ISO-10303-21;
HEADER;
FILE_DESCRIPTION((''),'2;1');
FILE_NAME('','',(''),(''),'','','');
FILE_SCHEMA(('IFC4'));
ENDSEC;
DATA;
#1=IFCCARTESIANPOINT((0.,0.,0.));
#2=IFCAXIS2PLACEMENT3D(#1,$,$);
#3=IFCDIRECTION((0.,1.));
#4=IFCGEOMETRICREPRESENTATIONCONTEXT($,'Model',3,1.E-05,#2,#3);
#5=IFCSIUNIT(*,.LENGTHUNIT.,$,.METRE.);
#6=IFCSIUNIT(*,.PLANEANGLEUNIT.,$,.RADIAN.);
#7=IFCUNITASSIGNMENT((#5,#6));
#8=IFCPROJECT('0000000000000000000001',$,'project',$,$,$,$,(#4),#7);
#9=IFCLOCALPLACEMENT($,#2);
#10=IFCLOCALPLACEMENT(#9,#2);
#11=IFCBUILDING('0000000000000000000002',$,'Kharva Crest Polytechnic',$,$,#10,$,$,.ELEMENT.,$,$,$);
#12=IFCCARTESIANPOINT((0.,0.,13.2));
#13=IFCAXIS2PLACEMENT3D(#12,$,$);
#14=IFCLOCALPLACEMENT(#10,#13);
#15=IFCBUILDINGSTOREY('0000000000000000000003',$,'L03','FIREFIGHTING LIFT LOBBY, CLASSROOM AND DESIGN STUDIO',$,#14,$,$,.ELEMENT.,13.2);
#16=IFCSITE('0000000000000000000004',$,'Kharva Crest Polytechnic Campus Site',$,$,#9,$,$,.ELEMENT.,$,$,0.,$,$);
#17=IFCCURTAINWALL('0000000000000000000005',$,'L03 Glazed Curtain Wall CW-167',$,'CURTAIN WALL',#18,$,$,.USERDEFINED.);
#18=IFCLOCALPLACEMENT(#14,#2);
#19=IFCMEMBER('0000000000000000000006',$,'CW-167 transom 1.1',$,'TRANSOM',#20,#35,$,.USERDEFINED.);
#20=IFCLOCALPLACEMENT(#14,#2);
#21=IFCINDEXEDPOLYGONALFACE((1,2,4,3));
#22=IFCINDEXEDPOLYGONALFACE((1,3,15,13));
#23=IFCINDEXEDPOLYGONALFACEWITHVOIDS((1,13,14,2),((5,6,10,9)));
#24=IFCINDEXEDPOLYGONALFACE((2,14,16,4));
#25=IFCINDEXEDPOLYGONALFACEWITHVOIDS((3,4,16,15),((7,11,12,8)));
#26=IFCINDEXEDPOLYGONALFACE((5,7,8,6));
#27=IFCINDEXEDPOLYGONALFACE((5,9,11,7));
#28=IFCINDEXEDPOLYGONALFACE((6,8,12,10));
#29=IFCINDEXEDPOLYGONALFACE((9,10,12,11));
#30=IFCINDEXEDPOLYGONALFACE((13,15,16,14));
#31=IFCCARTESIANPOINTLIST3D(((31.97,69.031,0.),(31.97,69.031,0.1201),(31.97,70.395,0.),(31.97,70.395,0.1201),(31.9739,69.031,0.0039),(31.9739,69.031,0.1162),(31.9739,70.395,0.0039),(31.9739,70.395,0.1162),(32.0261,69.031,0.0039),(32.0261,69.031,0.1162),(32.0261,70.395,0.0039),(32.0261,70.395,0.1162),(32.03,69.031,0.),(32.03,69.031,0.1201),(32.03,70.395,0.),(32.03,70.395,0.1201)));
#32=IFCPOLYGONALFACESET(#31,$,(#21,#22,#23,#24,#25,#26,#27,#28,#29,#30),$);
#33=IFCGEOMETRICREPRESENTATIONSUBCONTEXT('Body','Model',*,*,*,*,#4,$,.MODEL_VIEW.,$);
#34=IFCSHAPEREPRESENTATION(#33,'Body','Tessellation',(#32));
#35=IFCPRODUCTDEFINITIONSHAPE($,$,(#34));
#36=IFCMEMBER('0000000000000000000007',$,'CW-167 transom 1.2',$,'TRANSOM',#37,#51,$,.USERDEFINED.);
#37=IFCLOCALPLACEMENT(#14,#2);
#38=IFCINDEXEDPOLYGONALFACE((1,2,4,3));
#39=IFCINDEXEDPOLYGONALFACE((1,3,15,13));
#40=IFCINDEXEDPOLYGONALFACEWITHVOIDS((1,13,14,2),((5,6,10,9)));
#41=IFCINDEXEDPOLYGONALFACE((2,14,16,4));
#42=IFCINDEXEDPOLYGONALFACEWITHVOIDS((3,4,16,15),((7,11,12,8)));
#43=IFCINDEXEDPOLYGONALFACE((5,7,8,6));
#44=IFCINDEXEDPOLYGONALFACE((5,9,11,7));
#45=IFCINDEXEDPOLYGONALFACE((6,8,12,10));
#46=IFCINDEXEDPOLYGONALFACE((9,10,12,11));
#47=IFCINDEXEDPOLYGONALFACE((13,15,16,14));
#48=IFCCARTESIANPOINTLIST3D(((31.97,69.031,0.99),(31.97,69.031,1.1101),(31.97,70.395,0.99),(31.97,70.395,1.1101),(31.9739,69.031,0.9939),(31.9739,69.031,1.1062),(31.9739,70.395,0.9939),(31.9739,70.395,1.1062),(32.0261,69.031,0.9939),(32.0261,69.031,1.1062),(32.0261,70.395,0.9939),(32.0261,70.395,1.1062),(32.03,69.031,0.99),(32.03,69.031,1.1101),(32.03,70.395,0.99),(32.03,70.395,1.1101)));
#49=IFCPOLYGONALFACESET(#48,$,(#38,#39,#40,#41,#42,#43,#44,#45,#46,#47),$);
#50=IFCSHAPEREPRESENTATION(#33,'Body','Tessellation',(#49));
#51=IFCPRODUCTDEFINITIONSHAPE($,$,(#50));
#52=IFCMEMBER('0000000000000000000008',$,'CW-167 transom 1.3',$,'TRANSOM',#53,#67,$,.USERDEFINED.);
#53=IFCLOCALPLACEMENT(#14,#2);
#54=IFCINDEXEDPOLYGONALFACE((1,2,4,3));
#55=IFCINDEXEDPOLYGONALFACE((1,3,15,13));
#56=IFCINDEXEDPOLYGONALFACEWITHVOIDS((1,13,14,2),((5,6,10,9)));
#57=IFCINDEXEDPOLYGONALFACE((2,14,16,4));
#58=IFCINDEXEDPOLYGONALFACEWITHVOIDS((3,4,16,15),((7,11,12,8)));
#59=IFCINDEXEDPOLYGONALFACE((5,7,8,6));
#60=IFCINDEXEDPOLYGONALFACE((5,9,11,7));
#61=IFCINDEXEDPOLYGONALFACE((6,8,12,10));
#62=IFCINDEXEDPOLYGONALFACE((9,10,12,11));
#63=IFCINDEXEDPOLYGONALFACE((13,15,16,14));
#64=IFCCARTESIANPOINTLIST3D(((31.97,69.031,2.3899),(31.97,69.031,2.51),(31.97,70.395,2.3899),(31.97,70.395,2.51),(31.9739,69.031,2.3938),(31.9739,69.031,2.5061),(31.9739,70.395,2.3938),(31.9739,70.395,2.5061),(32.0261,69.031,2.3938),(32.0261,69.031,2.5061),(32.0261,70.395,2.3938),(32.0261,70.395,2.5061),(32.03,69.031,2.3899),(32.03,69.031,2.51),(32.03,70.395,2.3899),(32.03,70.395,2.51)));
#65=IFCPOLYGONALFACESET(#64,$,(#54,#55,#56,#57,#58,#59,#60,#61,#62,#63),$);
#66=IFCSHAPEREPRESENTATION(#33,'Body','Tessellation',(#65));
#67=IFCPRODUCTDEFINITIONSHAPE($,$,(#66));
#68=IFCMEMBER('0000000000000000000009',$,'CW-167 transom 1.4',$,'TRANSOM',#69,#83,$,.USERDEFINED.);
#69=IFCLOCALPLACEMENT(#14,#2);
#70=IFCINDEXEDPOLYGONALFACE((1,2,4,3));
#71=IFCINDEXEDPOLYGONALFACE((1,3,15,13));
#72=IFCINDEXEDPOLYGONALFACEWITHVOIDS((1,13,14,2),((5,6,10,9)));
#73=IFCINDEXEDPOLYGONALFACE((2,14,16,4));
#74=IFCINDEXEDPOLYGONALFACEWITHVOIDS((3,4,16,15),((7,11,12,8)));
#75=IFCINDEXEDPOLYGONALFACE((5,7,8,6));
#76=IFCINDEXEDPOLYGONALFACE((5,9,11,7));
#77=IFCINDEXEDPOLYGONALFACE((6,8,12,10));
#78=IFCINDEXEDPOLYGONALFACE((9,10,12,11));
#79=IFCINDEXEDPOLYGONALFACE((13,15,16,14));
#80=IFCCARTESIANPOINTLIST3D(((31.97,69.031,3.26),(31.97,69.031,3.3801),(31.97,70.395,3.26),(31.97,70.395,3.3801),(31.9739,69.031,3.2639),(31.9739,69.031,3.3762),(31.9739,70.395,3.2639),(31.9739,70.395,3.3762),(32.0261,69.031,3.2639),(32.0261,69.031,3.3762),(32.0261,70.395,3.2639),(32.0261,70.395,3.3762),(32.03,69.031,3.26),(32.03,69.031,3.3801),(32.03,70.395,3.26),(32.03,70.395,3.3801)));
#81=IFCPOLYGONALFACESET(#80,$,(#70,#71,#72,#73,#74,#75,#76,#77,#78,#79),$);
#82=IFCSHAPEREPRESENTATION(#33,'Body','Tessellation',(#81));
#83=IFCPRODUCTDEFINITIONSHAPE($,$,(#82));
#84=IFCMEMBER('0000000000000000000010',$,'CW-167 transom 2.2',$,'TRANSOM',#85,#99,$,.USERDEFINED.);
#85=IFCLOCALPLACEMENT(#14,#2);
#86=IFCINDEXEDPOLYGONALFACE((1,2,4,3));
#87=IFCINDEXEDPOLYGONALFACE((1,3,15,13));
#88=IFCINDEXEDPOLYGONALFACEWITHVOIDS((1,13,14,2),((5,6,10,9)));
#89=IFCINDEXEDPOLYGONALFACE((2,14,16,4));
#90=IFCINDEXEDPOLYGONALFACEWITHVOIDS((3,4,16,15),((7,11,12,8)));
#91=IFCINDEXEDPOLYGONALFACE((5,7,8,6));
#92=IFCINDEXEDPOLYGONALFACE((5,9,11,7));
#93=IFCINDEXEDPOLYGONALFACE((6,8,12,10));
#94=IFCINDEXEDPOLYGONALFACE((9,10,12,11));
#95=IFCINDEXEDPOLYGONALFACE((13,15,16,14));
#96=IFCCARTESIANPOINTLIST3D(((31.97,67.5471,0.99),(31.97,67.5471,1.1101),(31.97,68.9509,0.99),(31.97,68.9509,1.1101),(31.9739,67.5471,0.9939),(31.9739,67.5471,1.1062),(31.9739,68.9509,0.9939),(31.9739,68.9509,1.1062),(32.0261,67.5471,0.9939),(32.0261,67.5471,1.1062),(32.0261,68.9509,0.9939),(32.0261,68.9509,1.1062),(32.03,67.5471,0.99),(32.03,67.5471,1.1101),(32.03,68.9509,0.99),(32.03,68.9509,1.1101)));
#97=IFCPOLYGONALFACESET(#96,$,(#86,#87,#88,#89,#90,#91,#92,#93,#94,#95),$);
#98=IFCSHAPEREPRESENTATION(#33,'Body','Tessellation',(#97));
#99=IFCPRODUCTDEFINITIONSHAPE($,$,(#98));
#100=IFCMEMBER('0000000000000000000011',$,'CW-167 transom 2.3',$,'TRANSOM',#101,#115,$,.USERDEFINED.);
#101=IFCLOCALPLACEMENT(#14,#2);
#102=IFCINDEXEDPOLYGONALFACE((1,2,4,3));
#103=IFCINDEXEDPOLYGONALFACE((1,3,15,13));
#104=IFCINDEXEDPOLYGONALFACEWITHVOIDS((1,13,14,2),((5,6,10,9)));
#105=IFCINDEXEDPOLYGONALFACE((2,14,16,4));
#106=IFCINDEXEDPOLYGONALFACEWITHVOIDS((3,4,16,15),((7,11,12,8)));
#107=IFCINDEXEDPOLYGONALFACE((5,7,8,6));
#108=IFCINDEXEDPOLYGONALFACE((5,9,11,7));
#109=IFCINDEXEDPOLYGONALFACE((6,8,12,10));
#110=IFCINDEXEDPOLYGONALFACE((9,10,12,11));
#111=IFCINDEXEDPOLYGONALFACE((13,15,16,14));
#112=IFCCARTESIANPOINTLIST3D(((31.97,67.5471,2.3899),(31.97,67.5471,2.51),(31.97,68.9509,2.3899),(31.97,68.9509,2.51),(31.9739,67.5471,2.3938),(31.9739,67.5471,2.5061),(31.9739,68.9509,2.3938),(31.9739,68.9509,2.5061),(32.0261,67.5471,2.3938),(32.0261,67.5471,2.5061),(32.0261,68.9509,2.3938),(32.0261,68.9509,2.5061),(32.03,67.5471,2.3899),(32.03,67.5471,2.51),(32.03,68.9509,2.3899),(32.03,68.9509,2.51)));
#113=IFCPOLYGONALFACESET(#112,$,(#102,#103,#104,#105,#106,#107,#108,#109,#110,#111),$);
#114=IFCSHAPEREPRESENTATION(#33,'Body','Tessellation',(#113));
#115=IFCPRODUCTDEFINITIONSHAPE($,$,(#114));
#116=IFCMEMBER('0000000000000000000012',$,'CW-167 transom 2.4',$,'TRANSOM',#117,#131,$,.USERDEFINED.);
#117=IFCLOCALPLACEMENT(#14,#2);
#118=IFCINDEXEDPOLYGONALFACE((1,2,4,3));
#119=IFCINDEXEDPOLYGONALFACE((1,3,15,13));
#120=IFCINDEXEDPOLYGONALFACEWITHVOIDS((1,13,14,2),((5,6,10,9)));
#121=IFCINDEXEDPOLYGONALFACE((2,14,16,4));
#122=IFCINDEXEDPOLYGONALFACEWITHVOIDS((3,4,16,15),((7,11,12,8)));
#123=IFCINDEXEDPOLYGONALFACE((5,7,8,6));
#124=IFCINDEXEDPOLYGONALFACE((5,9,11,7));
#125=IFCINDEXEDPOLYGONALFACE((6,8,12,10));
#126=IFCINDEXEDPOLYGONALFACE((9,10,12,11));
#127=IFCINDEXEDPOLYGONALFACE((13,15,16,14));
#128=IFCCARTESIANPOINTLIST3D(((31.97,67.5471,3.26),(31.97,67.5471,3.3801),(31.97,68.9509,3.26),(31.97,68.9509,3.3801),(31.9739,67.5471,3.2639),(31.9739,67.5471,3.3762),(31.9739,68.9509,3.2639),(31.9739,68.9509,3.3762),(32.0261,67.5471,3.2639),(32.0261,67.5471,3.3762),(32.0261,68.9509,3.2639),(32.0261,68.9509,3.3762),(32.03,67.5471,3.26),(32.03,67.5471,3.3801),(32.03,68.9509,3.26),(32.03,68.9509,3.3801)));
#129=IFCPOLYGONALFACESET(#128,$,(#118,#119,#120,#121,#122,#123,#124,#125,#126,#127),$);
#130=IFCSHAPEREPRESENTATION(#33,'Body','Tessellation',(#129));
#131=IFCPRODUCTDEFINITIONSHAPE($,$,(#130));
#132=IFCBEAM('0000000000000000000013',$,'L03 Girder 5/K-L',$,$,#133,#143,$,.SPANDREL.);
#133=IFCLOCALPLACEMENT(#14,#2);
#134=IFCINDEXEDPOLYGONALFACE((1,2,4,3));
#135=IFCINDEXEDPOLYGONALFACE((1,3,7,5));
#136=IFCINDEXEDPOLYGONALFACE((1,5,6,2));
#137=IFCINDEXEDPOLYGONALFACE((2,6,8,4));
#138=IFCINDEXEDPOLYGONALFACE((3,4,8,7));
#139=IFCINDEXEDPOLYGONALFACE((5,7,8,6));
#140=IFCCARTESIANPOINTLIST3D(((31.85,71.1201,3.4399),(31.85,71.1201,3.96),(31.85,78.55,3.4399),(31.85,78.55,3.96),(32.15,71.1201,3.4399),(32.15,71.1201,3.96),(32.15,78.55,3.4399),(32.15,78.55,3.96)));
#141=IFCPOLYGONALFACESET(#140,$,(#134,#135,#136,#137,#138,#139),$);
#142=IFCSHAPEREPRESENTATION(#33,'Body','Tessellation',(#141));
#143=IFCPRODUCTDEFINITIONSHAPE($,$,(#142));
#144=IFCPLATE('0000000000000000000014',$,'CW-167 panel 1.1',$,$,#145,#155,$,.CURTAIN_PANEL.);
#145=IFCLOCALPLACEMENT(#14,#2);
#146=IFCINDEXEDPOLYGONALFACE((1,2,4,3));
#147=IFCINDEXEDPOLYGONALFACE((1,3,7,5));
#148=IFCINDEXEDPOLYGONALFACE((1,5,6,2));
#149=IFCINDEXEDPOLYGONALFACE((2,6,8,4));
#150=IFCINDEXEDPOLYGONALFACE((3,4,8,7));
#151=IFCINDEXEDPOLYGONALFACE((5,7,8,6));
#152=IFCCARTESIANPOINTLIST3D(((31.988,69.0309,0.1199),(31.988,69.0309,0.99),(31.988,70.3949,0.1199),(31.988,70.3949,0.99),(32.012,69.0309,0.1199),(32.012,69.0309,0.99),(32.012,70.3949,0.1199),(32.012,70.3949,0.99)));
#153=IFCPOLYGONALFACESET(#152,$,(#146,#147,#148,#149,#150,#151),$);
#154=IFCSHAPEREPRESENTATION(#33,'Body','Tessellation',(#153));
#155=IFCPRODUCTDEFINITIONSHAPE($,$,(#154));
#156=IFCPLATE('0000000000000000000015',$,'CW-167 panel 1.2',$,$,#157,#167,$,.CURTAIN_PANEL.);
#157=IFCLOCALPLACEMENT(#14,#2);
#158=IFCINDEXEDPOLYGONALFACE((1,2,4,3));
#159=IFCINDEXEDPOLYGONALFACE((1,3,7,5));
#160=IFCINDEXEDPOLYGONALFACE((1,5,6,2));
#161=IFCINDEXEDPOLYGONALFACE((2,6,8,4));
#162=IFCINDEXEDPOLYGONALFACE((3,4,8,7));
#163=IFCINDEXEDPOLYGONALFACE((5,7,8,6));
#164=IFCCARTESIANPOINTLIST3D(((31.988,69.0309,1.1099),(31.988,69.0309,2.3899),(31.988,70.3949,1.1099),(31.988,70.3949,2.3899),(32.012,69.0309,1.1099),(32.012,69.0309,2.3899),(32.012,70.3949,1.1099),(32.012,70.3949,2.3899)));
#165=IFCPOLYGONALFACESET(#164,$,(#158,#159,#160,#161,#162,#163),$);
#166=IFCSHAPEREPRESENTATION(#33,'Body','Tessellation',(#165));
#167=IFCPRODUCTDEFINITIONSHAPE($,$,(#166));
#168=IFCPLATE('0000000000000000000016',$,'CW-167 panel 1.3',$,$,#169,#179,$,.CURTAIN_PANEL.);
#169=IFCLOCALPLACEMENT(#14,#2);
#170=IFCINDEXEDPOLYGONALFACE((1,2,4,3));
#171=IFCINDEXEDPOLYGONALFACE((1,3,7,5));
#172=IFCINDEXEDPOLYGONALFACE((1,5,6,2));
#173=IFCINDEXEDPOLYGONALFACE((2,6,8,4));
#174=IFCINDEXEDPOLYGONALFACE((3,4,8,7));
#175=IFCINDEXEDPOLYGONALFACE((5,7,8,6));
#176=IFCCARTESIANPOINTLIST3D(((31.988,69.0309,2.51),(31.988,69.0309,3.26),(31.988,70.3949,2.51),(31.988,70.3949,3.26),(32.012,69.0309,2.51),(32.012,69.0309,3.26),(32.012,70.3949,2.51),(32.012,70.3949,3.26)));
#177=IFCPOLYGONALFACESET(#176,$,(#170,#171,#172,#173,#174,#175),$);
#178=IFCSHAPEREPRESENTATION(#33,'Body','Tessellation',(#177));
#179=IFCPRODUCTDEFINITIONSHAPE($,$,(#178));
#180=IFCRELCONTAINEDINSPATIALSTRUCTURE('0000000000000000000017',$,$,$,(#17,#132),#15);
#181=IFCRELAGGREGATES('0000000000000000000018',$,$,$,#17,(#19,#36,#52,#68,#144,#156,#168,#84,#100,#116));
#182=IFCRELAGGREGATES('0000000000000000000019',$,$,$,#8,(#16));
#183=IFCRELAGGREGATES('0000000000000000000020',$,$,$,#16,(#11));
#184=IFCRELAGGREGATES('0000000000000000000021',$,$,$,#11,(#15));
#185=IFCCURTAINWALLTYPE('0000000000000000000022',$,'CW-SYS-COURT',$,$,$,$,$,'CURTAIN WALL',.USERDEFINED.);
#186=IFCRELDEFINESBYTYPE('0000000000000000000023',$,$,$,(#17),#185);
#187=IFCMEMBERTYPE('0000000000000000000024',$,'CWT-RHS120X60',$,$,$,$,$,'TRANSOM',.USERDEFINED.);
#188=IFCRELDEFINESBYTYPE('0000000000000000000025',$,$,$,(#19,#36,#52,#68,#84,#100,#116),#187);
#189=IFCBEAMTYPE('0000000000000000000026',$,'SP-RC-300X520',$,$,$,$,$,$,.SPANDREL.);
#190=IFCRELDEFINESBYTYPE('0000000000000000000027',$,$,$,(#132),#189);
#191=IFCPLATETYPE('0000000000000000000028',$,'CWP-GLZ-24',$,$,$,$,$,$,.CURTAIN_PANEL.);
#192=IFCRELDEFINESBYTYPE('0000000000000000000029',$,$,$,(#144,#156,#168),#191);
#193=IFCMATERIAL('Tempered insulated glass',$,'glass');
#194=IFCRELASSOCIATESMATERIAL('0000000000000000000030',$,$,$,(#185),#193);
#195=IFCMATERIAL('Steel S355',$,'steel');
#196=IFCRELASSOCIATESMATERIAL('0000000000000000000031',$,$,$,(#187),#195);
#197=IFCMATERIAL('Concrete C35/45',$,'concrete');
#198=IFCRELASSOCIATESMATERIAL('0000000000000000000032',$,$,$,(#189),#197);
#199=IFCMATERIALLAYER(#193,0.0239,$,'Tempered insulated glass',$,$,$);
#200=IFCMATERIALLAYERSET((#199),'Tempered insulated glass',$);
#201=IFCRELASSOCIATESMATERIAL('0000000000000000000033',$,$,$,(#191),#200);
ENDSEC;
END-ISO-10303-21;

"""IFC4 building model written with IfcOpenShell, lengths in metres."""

from ifc_helpers import new_model, si_unit, direction, frame, origin, origin_2d, place, context, subcontext, project, spatial, rectangle, hollow_rectangle, extrude, material, layer, layer_set, material_profile, profile_set, type_object, element, aggregate, save


model = new_model("IFC4")

# Units and contexts
model_context = context("Model", 3, precision=1e-05, world=origin(), true_north=direction((0.0, 1.0)))
body_context = subcontext(model_context, "Body", "Model", "MODEL_VIEW")
ifc_project = project(units=[si_unit("LENGTHUNIT", "METRE"), si_unit("PLANEANGLEUNIT", "RADIAN")], contexts=[model_context])

# Site, building, storey
site_placement = place(None, origin())
site = spatial("IfcSite", under=ifc_project, at=site_placement, Name="Kharva Crest Polytechnic Campus Site", CompositionType="ELEMENT", RefElevation=0.0)
building_placement = place(site_placement, origin())
building = spatial("IfcBuilding", under=site, at=building_placement, Name="Kharva Crest Polytechnic", CompositionType="ELEMENT")
storey_placement = place(building_placement, frame((0.0, 0.0, 13.2)))
storey = spatial("IfcBuildingStorey", under=building, at=storey_placement, Name="L03", Description="FIREFIGHTING LIFT LOBBY, CLASSROOM AND DESIGN STUDIO", CompositionType="ELEMENT", Elevation=13.2)

# Shared definitions
ifc_material_1 = material(Name="Concrete C35/45", Category="concrete")
ifc_material_2 = material(Name="Steel S355", Category="steel")

# Curtain wall, members
ifc_material_3 = material(Name="Tempered insulated glass", Category="glass")
curtain_wall_type = type_object("IfcCurtainWallType", Name="CW-SYS-COURT", ElementType="CURTAIN WALL", PredefinedType="USERDEFINED", material=ifc_material_3)
curtain_wall_placement = place(storey_placement, origin())
curtain_wall = element("IfcCurtainWall", 1, at=curtain_wall_placement, inside=storey, type_object=curtain_wall_type, Name="L03 Glazed Curtain Wall CW-167", ObjectType="CURTAIN WALL", PredefinedType="USERDEFINED")
ifc_material_profile_1 = material_profile(ifc_material_2, hollow_rectangle(XDim=0.0601, YDim=0.1201, WallThickness=0.0039, at=origin_2d()), Name="RHS 120X60X4.0")
ifc_profile_set_1 = profile_set([ifc_material_profile_1], Name="Steel S355")
member_type_1 = type_object("IfcMemberType", Name="CWT-RHS120X60", ElementType="TRANSOM", PredefinedType="USERDEFINED", material=ifc_profile_set_1)
member_1_placement = place(storey_placement, frame((32.0, 70.395, 0.0601), z_axis=(0.0, -1.0, 0.0), x_axis=(1.0, 0.0, 0.0)))
member_1 = element("IfcMember", 2, at=member_1_placement, type_object=member_type_1, Name="CW-167 transom 1.1", ObjectType="TRANSOM", PredefinedType="USERDEFINED", context=body_context, shape_type="SweptSolid", body=[
    extrude(hollow_rectangle(XDim=0.0601, YDim=0.1201, WallThickness=0.0039, at=origin_2d()), origin(), (0.0, 0.0, 1.0), 1.364),
])
member_2_placement = place(storey_placement, frame((32.0, 70.395, 1.05), z_axis=(0.0, -1.0, 0.0), x_axis=(1.0, 0.0, 0.0)))
member_2 = element("IfcMember", 3, at=member_2_placement, type_object=member_type_1, Name="CW-167 transom 1.2", ObjectType="TRANSOM", PredefinedType="USERDEFINED", context=body_context, shape_type="SweptSolid", body=[
    extrude(hollow_rectangle(XDim=0.0601, YDim=0.1201, WallThickness=0.0039, at=origin_2d()), origin(), (0.0, 0.0, 1.0), 1.364),
])
member_3_placement = place(storey_placement, frame((32.0, 70.395, 2.45), z_axis=(0.0, -1.0, 0.0), x_axis=(1.0, 0.0, 0.0)))
member_3 = element("IfcMember", 4, at=member_3_placement, type_object=member_type_1, Name="CW-167 transom 1.3", ObjectType="TRANSOM", PredefinedType="USERDEFINED", context=body_context, shape_type="SweptSolid", body=[
    extrude(hollow_rectangle(XDim=0.0601, YDim=0.1201, WallThickness=0.0039, at=origin_2d()), origin(), (0.0, 0.0, 1.0), 1.364),
])
member_4_placement = place(storey_placement, frame((32.0, 70.395, 3.3201), z_axis=(0.0, -1.0, 0.0), x_axis=(1.0, 0.0, 0.0)))
member_4 = element("IfcMember", 5, at=member_4_placement, type_object=member_type_1, Name="CW-167 transom 1.4", ObjectType="TRANSOM", PredefinedType="USERDEFINED", context=body_context, shape_type="SweptSolid", body=[
    extrude(hollow_rectangle(XDim=0.0601, YDim=0.1201, WallThickness=0.0039, at=origin_2d()), origin(), (0.0, 0.0, 1.0), 1.364),
])
member_5_placement = place(storey_placement, frame((32.0, 68.9509, 1.05), z_axis=(0.0, -1.0, 0.0), x_axis=(1.0, 0.0, 0.0)))
member_5 = element("IfcMember", 6, at=member_5_placement, type_object=member_type_1, Name="CW-167 transom 2.2", ObjectType="TRANSOM", PredefinedType="USERDEFINED", context=body_context, shape_type="SweptSolid", body=[
    extrude(hollow_rectangle(XDim=0.0601, YDim=0.1201, WallThickness=0.0039, at=origin_2d()), origin(), (0.0, 0.0, 1.0), 1.4038),
])
member_6_placement = place(storey_placement, frame((32.0, 68.9509, 2.45), z_axis=(0.0, -1.0, 0.0), x_axis=(1.0, 0.0, 0.0)))
member_6 = element("IfcMember", 7, at=member_6_placement, type_object=member_type_1, Name="CW-167 transom 2.3", ObjectType="TRANSOM", PredefinedType="USERDEFINED", context=body_context, shape_type="SweptSolid", body=[
    extrude(hollow_rectangle(XDim=0.0601, YDim=0.1201, WallThickness=0.0039, at=origin_2d()), origin(), (0.0, 0.0, 1.0), 1.4038),
])
member_7_placement = place(storey_placement, frame((32.0, 68.9509, 3.3201), z_axis=(0.0, -1.0, 0.0), x_axis=(1.0, 0.0, 0.0)))
member_7 = element("IfcMember", 8, at=member_7_placement, type_object=member_type_1, Name="CW-167 transom 2.4", ObjectType="TRANSOM", PredefinedType="USERDEFINED", context=body_context, shape_type="SweptSolid", body=[
    extrude(hollow_rectangle(XDim=0.0601, YDim=0.1201, WallThickness=0.0039, at=origin_2d()), origin(), (0.0, 0.0, 1.0), 1.4038),
])

# Beam
ifc_material_profile_2 = material_profile(ifc_material_1, rectangle(XDim=0.3, YDim=0.52, at=origin_2d()), Name="RECT 300 X 520")
ifc_profile_set_2 = profile_set([ifc_material_profile_2], Name="Concrete C35/45")
beam_type_1 = type_object("IfcBeamType", Name="SP-RC-300X520", PredefinedType="SPANDREL", material=ifc_profile_set_2)
beam_1_placement = place(storey_placement, frame((32.0, 71.1201, 3.7), z_axis=(0.0, 1.0, 0.0), x_axis=(-1.0, 0.0, 0.0)))
element("IfcBeam", 9, at=beam_1_placement, inside=storey, type_object=beam_type_1, Name="L03 Girder 5/K-L", PredefinedType="SPANDREL", context=body_context, shape_type="SweptSolid", body=[
    extrude(rectangle(XDim=0.3, YDim=0.52, at=origin_2d()), origin(), (0.0, 0.0, 1.0), 7.4299),
])

# Plates
ifc_layer_1 = layer(ifc_material_3, 0.0239, Name="Tempered insulated glass")
ifc_layer_set_1 = layer_set([ifc_layer_1], Name="Tempered insulated glass")
plate_type = type_object("IfcPlateType", Name="CWP-GLZ-24", PredefinedType="CURTAIN_PANEL", material=ifc_layer_set_1)
plate_1_placement = place(storey_placement, frame((32.0, 69.7129, 0.1199), z_axis=(0.0, 0.0, 1.0), x_axis=(0.0, -1.0, 0.0)))
plate_1 = element("IfcPlate", 10, at=plate_1_placement, type_object=plate_type, Name="CW-167 panel 1.1", PredefinedType="CURTAIN_PANEL", context=body_context, shape_type="SweptSolid", body=[
    extrude(rectangle(XDim=1.364, YDim=0.0239, at=origin_2d()), origin(), (0.0, 0.0, 1.0), 0.8701),
])
plate_2_placement = place(storey_placement, frame((32.0, 69.7129, 1.1099), z_axis=(0.0, 0.0, 1.0), x_axis=(0.0, -1.0, 0.0)))
plate_2 = element("IfcPlate", 11, at=plate_2_placement, type_object=plate_type, Name="CW-167 panel 1.2", PredefinedType="CURTAIN_PANEL", context=body_context, shape_type="SweptSolid", body=[
    extrude(rectangle(XDim=1.364, YDim=0.0239, at=origin_2d()), origin(), (0.0, 0.0, 1.0), 1.28),
])
plate_3_placement = place(storey_placement, frame((32.0, 69.7129, 2.51), z_axis=(0.0, 0.0, 1.0), x_axis=(0.0, -1.0, 0.0)))
plate_3 = element("IfcPlate", 12, at=plate_3_placement, type_object=plate_type, Name="CW-167 panel 1.3", PredefinedType="CURTAIN_PANEL", context=body_context, shape_type="SweptSolid", body=[
    extrude(rectangle(XDim=1.364, YDim=0.0239, at=origin_2d()), origin(), (0.0, 0.0, 1.0), 0.75),
])
aggregate(curtain_wall, [member_1, member_2, member_3, member_4, plate_1, plate_2, plate_3, member_5, member_6, member_7])

save(model, "model.ifc")
